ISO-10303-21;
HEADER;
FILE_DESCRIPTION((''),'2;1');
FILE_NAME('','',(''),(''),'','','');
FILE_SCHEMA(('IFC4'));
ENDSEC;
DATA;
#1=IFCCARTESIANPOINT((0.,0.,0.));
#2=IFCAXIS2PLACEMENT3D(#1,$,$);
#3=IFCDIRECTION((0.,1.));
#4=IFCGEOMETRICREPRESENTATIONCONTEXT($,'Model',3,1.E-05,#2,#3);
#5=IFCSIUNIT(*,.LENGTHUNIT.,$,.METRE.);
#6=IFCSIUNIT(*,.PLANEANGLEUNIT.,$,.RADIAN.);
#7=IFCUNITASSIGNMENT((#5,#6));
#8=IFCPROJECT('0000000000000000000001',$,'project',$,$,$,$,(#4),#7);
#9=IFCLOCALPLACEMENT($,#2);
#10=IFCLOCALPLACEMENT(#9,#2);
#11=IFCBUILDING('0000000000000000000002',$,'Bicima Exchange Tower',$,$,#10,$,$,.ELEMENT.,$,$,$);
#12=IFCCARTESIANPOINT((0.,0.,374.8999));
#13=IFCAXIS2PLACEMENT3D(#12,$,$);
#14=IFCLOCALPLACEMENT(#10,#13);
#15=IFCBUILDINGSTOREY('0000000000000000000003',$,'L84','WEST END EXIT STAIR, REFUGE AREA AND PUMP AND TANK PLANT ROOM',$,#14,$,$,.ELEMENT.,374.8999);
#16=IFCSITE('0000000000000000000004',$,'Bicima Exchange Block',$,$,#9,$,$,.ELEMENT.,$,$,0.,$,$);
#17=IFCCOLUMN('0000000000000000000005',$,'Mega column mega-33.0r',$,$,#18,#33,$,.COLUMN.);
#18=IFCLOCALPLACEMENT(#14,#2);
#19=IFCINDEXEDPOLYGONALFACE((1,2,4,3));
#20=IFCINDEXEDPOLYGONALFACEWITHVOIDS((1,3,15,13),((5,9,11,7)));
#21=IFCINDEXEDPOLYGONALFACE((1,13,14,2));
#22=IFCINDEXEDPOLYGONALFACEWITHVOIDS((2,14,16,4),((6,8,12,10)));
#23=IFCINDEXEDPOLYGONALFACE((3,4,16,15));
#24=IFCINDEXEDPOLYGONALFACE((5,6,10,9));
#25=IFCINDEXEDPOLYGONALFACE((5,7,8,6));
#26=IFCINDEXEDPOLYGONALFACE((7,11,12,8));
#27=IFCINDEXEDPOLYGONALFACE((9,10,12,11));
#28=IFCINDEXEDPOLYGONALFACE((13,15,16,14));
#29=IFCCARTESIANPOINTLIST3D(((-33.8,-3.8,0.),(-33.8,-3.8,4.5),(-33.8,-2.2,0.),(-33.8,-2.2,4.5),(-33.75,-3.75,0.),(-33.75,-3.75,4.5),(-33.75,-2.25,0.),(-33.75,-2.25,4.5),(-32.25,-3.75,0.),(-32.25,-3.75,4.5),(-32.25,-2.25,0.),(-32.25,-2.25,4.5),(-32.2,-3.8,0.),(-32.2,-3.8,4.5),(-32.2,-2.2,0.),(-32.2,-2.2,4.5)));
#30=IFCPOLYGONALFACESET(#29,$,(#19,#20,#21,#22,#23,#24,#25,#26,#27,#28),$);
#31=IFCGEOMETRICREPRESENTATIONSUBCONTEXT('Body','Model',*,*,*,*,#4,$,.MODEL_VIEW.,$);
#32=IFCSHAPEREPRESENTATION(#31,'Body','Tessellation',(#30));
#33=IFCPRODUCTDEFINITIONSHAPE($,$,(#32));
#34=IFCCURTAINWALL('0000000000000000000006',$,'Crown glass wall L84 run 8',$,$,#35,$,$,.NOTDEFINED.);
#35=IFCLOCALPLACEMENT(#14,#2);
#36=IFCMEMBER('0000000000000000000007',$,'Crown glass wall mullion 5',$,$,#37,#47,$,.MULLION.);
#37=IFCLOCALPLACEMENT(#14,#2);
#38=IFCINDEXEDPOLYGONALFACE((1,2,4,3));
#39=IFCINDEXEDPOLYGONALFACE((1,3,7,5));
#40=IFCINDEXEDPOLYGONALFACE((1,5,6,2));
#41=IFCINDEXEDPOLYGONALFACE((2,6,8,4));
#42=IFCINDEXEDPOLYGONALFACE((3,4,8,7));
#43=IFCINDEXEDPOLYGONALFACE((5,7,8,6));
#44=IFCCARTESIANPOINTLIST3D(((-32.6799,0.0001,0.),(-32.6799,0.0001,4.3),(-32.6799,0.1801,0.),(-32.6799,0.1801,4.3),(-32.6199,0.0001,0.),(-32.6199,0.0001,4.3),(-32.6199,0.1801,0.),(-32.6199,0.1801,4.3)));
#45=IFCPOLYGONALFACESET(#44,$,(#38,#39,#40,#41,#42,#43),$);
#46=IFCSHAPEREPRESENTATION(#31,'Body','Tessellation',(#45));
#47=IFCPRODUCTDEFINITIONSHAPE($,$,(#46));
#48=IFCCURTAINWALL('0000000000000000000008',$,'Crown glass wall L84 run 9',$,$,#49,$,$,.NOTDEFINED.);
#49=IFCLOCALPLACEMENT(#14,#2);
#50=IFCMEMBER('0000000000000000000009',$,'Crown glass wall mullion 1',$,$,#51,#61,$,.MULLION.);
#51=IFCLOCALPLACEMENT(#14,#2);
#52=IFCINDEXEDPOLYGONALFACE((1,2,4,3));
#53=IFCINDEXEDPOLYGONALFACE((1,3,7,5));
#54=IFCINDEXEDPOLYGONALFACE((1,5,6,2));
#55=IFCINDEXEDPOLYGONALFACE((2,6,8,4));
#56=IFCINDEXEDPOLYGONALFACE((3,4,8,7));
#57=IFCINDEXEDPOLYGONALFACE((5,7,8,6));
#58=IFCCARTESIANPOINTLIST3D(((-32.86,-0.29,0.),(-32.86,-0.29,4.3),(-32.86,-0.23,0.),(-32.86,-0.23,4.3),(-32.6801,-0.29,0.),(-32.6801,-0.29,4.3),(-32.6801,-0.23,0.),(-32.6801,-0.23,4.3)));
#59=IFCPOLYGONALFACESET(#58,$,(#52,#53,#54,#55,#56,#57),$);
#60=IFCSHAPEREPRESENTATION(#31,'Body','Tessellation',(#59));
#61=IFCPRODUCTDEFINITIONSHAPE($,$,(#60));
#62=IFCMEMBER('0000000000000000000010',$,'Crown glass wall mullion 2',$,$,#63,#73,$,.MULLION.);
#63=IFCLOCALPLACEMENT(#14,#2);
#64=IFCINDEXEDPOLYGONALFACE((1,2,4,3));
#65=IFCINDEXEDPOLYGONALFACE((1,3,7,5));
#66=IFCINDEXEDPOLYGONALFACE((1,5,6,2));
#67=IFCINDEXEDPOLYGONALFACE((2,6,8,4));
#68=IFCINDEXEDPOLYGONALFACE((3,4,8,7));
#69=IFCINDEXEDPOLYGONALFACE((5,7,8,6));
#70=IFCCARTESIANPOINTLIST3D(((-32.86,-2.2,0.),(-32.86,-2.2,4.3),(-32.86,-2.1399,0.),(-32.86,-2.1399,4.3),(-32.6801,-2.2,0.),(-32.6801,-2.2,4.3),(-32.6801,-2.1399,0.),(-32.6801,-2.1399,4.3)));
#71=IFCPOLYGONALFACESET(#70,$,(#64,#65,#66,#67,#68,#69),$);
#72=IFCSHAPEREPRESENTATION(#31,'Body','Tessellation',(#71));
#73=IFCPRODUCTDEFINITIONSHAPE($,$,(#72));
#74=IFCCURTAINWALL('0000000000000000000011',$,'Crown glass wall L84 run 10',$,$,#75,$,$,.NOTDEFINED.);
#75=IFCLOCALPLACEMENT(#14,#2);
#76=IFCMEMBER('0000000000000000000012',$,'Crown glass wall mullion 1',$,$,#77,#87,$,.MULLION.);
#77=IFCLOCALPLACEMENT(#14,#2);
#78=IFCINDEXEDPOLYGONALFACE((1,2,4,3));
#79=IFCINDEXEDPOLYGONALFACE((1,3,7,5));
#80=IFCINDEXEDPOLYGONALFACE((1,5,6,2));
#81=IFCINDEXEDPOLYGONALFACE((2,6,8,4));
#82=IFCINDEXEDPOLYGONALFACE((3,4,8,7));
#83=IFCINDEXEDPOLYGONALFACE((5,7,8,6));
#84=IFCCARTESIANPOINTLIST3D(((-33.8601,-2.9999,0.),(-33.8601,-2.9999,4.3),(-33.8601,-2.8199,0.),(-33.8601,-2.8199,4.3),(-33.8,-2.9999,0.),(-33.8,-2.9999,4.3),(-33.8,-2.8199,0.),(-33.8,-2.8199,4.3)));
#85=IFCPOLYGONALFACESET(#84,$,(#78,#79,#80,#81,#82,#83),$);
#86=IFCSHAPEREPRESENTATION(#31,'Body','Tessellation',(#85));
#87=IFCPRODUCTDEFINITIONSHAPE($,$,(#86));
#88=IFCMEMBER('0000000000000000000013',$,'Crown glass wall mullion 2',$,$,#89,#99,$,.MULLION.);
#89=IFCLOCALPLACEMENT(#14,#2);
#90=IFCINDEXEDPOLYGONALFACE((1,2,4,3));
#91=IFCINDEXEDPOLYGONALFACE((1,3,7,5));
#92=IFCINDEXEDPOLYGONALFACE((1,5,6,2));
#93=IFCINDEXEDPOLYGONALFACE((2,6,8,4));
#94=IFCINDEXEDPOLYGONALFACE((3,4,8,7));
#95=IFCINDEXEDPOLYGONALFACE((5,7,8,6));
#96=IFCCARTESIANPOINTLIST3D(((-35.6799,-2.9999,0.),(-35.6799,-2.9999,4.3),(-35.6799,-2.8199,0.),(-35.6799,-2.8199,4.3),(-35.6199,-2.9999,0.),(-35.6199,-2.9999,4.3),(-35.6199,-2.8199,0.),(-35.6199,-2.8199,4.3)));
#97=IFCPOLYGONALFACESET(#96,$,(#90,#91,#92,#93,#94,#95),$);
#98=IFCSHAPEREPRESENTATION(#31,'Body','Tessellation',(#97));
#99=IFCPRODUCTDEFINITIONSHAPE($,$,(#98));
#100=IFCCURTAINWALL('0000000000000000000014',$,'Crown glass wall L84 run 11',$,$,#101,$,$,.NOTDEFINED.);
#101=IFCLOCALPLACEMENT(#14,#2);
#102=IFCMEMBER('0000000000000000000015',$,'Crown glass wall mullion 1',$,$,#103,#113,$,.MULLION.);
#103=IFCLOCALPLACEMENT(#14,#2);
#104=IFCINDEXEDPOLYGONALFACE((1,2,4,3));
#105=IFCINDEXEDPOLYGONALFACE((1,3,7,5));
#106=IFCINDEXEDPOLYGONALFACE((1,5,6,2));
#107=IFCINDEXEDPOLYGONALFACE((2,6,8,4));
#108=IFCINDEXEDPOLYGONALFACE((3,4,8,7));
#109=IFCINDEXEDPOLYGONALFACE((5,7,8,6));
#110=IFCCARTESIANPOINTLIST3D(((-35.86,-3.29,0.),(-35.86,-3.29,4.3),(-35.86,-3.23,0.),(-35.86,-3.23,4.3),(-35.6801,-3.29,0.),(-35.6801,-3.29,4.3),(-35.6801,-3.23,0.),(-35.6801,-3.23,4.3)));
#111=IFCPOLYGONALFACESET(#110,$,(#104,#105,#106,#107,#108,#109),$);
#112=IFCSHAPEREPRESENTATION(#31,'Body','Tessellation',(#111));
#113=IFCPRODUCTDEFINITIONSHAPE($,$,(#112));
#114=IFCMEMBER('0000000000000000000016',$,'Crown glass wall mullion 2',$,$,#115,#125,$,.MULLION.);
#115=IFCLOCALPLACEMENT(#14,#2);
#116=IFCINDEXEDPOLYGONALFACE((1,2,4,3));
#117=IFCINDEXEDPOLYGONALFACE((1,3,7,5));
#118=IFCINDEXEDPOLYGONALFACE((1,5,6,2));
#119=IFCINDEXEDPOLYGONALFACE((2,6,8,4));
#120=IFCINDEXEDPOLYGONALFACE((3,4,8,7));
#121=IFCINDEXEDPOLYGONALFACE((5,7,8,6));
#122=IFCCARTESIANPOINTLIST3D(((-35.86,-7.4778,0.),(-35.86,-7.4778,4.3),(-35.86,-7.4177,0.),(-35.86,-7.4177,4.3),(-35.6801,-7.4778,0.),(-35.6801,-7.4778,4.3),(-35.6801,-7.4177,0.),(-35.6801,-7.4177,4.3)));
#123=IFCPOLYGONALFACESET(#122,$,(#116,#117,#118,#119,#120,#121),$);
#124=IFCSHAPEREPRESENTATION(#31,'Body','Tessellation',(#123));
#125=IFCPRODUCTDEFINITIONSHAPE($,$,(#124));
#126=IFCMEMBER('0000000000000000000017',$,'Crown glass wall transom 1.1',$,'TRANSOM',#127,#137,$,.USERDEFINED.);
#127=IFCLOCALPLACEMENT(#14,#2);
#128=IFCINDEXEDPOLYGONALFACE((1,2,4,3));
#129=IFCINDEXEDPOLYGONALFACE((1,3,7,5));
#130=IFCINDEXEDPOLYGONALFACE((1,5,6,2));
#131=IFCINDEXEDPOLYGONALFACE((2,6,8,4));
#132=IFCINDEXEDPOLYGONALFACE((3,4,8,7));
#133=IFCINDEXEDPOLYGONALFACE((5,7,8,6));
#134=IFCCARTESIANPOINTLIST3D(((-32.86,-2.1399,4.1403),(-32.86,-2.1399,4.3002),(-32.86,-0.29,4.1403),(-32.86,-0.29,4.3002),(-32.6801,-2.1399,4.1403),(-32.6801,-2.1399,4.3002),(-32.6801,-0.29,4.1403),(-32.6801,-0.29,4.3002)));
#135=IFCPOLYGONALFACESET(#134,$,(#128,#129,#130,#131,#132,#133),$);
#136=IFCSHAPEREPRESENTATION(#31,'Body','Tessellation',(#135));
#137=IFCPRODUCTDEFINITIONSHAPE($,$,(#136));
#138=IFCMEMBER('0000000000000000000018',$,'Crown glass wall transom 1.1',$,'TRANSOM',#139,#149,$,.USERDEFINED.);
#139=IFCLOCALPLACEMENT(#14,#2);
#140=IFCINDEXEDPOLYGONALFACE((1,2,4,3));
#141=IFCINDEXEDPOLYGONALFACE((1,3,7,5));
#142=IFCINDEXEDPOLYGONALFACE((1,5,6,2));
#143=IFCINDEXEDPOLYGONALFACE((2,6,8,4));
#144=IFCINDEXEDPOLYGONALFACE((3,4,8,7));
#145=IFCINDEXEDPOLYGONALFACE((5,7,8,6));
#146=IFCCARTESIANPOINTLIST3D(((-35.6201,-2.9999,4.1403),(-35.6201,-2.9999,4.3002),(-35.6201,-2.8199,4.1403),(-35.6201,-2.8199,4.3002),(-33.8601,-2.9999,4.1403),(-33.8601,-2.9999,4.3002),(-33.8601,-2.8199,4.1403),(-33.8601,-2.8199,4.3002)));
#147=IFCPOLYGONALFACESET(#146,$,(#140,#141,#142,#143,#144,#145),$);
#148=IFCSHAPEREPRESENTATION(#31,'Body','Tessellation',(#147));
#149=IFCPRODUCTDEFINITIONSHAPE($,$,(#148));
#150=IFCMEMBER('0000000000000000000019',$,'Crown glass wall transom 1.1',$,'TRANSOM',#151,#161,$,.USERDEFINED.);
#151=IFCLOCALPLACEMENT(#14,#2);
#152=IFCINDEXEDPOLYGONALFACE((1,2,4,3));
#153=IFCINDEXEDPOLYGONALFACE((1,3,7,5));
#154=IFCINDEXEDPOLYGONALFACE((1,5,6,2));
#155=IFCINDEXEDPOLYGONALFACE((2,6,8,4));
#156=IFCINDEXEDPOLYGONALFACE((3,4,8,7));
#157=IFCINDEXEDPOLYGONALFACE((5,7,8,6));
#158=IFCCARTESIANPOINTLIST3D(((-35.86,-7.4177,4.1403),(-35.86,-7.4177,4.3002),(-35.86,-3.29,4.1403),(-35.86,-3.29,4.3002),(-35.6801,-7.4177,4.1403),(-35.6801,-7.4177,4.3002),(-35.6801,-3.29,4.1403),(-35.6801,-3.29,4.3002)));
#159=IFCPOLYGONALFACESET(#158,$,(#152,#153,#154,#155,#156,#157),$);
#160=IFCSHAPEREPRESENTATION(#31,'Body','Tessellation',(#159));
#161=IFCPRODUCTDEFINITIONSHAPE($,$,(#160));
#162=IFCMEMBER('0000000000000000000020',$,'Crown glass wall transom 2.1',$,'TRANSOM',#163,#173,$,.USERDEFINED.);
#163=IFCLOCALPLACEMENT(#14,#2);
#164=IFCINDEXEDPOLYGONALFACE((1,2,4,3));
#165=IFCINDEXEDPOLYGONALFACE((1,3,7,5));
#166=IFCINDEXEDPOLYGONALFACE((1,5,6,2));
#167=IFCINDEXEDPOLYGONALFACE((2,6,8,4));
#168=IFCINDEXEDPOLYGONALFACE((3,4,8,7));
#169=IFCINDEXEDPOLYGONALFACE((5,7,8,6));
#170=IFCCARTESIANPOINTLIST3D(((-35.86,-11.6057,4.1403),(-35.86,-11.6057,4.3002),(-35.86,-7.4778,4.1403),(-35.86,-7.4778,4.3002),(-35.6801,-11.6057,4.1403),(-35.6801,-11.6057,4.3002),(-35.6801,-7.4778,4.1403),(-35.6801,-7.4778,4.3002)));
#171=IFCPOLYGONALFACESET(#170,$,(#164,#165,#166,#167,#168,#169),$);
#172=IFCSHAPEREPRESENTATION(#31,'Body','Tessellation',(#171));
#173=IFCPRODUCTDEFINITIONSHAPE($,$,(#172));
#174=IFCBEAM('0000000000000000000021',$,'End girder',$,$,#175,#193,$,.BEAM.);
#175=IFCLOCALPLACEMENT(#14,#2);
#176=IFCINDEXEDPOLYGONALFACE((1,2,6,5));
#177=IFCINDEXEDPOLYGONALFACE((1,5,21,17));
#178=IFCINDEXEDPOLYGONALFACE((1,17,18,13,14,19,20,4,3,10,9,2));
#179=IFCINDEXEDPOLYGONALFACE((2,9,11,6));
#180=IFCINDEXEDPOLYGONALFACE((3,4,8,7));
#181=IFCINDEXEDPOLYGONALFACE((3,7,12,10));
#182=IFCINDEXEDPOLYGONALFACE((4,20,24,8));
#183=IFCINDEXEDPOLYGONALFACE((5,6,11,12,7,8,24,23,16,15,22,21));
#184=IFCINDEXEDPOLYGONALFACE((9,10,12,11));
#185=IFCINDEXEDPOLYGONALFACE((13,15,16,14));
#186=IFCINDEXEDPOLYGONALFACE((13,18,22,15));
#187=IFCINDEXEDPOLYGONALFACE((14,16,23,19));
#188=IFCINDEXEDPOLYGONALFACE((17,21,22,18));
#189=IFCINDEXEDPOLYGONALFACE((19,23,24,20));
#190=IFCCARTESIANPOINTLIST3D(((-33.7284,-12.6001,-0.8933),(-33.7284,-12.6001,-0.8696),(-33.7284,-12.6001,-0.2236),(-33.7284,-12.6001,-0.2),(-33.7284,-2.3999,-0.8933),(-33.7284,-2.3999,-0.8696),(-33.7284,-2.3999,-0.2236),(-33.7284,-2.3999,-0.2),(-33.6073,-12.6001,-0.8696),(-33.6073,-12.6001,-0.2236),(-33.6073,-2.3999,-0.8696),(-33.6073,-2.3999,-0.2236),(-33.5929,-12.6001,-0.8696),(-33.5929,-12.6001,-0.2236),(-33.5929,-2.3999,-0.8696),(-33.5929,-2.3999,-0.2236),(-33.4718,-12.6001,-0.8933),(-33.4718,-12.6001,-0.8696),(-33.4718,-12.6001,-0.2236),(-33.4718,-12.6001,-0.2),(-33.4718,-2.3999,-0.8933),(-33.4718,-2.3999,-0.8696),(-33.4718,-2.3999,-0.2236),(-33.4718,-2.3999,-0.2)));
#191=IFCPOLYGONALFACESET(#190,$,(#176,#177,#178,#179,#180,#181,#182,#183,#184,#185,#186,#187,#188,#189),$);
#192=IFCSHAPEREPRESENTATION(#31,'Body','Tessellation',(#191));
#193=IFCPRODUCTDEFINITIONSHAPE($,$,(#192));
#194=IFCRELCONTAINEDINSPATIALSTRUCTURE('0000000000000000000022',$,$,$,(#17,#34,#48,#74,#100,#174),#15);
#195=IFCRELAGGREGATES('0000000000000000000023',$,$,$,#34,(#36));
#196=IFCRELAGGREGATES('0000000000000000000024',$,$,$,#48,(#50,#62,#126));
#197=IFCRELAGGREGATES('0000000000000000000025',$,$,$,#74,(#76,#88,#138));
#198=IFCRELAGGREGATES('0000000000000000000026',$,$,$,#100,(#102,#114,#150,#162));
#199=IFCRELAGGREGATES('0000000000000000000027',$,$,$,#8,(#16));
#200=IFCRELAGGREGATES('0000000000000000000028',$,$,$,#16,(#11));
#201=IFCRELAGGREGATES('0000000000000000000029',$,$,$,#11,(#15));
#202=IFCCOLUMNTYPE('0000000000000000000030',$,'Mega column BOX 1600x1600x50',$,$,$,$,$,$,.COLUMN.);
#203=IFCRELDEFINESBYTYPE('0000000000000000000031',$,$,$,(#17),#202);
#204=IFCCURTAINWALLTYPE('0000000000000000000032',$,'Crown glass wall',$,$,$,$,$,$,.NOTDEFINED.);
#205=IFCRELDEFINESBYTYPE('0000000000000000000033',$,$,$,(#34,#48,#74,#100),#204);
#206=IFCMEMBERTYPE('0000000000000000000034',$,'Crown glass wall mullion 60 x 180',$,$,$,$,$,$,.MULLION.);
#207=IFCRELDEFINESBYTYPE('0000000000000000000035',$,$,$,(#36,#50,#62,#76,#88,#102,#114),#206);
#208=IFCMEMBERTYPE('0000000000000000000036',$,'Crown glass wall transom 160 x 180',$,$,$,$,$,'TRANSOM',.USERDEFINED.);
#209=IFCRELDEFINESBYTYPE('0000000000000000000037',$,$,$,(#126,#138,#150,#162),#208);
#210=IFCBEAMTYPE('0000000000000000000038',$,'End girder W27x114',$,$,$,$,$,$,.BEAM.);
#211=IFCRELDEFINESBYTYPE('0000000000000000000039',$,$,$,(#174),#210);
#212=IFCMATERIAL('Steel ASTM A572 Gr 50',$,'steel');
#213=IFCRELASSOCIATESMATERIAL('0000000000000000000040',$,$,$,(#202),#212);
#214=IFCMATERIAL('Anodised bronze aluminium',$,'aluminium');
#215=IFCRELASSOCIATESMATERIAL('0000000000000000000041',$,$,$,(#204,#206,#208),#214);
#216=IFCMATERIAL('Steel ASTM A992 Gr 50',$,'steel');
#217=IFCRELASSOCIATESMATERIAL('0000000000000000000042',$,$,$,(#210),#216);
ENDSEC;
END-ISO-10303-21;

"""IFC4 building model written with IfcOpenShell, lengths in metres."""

from ifc_helpers import new_model, si_unit, direction, frame, origin, origin_2d, place, context, subcontext, project, spatial, rectangle, hollow_rectangle, i_section, extrude, material, material_profile, profile_set, type_object, element, aggregate, save


model = new_model("IFC4")

# Units and contexts
model_context = context("Model", 3, precision=1e-05, world=origin(), true_north=direction((0.0, 1.0)))
body_context = subcontext(model_context, "Body", "Model", "MODEL_VIEW")
ifc_project = project(units=[si_unit("LENGTHUNIT", "METRE"), si_unit("PLANEANGLEUNIT", "RADIAN")], contexts=[model_context])

# Site, building, storey
site_placement = place(None, origin())
site = spatial("IfcSite", under=ifc_project, at=site_placement, Name="Bicima Exchange Block", CompositionType="ELEMENT", RefElevation=0.0)
building_placement = place(site_placement, origin())
building = spatial("IfcBuilding", under=site, at=building_placement, Name="Bicima Exchange Tower", CompositionType="ELEMENT")
storey_placement = place(building_placement, frame((0.0, 0.0, 374.8999)))
storey = spatial("IfcBuildingStorey", under=building, at=storey_placement, Name="L84", Description="WEST END EXIT STAIR, REFUGE AREA AND PUMP AND TANK PLANT ROOM", CompositionType="ELEMENT", Elevation=374.8999)

# Column
ifc_material_1 = material(Name="Steel ASTM A572 Gr 50", Category="steel")
ifc_material_profile_1 = material_profile(ifc_material_1, hollow_rectangle(XDim=1.6001, YDim=1.6001, WallThickness=0.05, at=origin_2d()))
ifc_profile_set_1 = profile_set([ifc_material_profile_1], Name="Steel ASTM A572 Gr 50")
column_type = type_object("IfcColumnType", Name="Mega column BOX 1600x1600x50", PredefinedType="COLUMN", material=ifc_profile_set_1)
column_placement = place(storey_placement, frame((-33.0, -3.0, 0.0), z_axis=(0.0, 0.0, 1.0), x_axis=(1.0, 0.0, 0.0)))
element("IfcColumn", 1, at=column_placement, inside=storey, type_object=column_type, Name="Mega column mega-33.0r", PredefinedType="COLUMN", context=body_context, shape_type="SweptSolid", body=[
    extrude(hollow_rectangle(XDim=1.6001, YDim=1.6001, WallThickness=0.05, at=origin_2d()), origin(), (0.0, 0.0, 1.0), 4.5),
])

# Curtain wall, member
ifc_material_2 = material(Name="Anodised bronze aluminium", Category="aluminium")
curtain_wall_type = type_object("IfcCurtainWallType", Name="Crown glass wall", PredefinedType="NOTDEFINED", material=ifc_material_2)
curtain_wall_1_placement = place(storey_placement, origin())
curtain_wall_1 = element("IfcCurtainWall", 2, at=curtain_wall_1_placement, inside=storey, type_object=curtain_wall_type, Name="Crown glass wall L84 run 8", PredefinedType="NOTDEFINED")
ifc_material_profile_2 = material_profile(ifc_material_2, rectangle(XDim=0.1799, YDim=0.0601, at=origin_2d()))
ifc_profile_set_2 = profile_set([ifc_material_profile_2], Name="Anodised bronze aluminium")
member_type_1 = type_object("IfcMemberType", Name="Crown glass wall mullion 60 x 180", PredefinedType="MULLION", material=ifc_profile_set_2)
member_1_placement = place(storey_placement, frame((-32.6499, 0.0901, 0.0), z_axis=(0.0, 0.0, 1.0), x_axis=(0.0, -1.0, 0.0)))
member_1 = element("IfcMember", 3, at=member_1_placement, type_object=member_type_1, Name="Crown glass wall mullion 5", PredefinedType="MULLION", context=body_context, shape_type="SweptSolid", body=[
    extrude(rectangle(XDim=0.1799, YDim=0.0601, at=origin_2d()), origin(), (0.0, 0.0, 1.0), 4.3),
])
aggregate(curtain_wall_1, [member_1])

# Curtain walls, members
curtain_wall_2_placement = place(storey_placement, origin())
curtain_wall_2 = element("IfcCurtainWall", 4, at=curtain_wall_2_placement, inside=storey, type_object=curtain_wall_type, Name="Crown glass wall L84 run 9", PredefinedType="NOTDEFINED")
member_2_placement = place(storey_placement, frame((-32.77, -0.26, 0.0), z_axis=(0.0, 0.0, 1.0), x_axis=(1.0, 0.0, 0.0)))
member_2 = element("IfcMember", 5, at=member_2_placement, type_object=member_type_1, Name="Crown glass wall mullion 1", PredefinedType="MULLION", context=body_context, shape_type="SweptSolid", body=[
    extrude(rectangle(XDim=0.1799, YDim=0.0601, at=origin_2d()), origin(), (0.0, 0.0, 1.0), 4.3),
])
member_3_placement = place(storey_placement, frame((-32.77, -2.1699, 0.0), z_axis=(0.0, 0.0, 1.0), x_axis=(1.0, 0.0, 0.0)))
member_3 = element("IfcMember", 6, at=member_3_placement, type_object=member_type_1, Name="Crown glass wall mullion 2", PredefinedType="MULLION", context=body_context, shape_type="SweptSolid", body=[
    extrude(rectangle(XDim=0.1799, YDim=0.0601, at=origin_2d()), origin(), (0.0, 0.0, 1.0), 4.3),
])
curtain_wall_3_placement = place(storey_placement, origin())
curtain_wall_3 = element("IfcCurtainWall", 7, at=curtain_wall_3_placement, inside=storey, type_object=curtain_wall_type, Name="Crown glass wall L84 run 10", PredefinedType="NOTDEFINED")
member_4_placement = place(storey_placement, frame((-33.8301, -2.9099, 0.0), z_axis=(0.0, 0.0, 1.0), x_axis=(0.0, -1.0, 0.0)))
member_4 = element("IfcMember", 8, at=member_4_placement, type_object=member_type_1, Name="Crown glass wall mullion 1", PredefinedType="MULLION", context=body_context, shape_type="SweptSolid", body=[
    extrude(rectangle(XDim=0.1799, YDim=0.0601, at=origin_2d()), origin(), (0.0, 0.0, 1.0), 4.3),
])
member_5_placement = place(storey_placement, frame((-35.6499, -2.9099, 0.0), z_axis=(0.0, 0.0, 1.0), x_axis=(0.0, -1.0, 0.0)))
member_5 = element("IfcMember", 9, at=member_5_placement, type_object=member_type_1, Name="Crown glass wall mullion 2", PredefinedType="MULLION", context=body_context, shape_type="SweptSolid", body=[
    extrude(rectangle(XDim=0.1799, YDim=0.0601, at=origin_2d()), origin(), (0.0, 0.0, 1.0), 4.3),
])
curtain_wall_4_placement = place(storey_placement, origin())
curtain_wall_4 = element("IfcCurtainWall", 10, at=curtain_wall_4_placement, inside=storey, type_object=curtain_wall_type, Name="Crown glass wall L84 run 11", PredefinedType="NOTDEFINED")
member_6_placement = place(storey_placement, frame((-35.77, -3.26, 0.0), z_axis=(0.0, 0.0, 1.0), x_axis=(1.0, 0.0, 0.0)))
member_6 = element("IfcMember", 11, at=member_6_placement, type_object=member_type_1, Name="Crown glass wall mullion 1", PredefinedType="MULLION", context=body_context, shape_type="SweptSolid", body=[
    extrude(rectangle(XDim=0.1799, YDim=0.0601, at=origin_2d()), origin(), (0.0, 0.0, 1.0), 4.3),
])
member_7_placement = place(storey_placement, frame((-35.77, -7.4478, 0.0), z_axis=(0.0, 0.0, 1.0), x_axis=(1.0, 0.0, 0.0)))
member_7 = element("IfcMember", 12, at=member_7_placement, type_object=member_type_1, Name="Crown glass wall mullion 2", PredefinedType="MULLION", context=body_context, shape_type="SweptSolid", body=[
    extrude(rectangle(XDim=0.1799, YDim=0.0601, at=origin_2d()), origin(), (0.0, 0.0, 1.0), 4.3),
])

# Members
ifc_material_profile_3 = material_profile(ifc_material_2, rectangle(XDim=0.1799, YDim=0.1599, at=origin_2d()))
ifc_profile_set_3 = profile_set([ifc_material_profile_3], Name="Anodised bronze aluminium")
member_type_2 = type_object("IfcMemberType", Name="Crown glass wall transom 160 x 180", ElementType="TRANSOM", PredefinedType="USERDEFINED", material=ifc_profile_set_3)
member_8_placement = place(storey_placement, frame((-32.77, -0.29, 4.2202), z_axis=(0.0, -1.0, 0.0), x_axis=(1.0, 0.0, 0.0)))
member_8 = element("IfcMember", 13, at=member_8_placement, type_object=member_type_2, Name="Crown glass wall transom 1.1", ObjectType="TRANSOM", PredefinedType="USERDEFINED", context=body_context, shape_type="SweptSolid", body=[
    extrude(rectangle(XDim=0.1799, YDim=0.1599, at=origin_2d()), origin(), (0.0, 0.0, 1.0), 1.8499),
])
member_9_placement = place(storey_placement, frame((-33.8601, -2.9099, 4.2202), z_axis=(-1.0, 0.0, 0.0), x_axis=(0.0, -1.0, 0.0)))
member_9 = element("IfcMember", 14, at=member_9_placement, type_object=member_type_2, Name="Crown glass wall transom 1.1", ObjectType="TRANSOM", PredefinedType="USERDEFINED", context=body_context, shape_type="SweptSolid", body=[
    extrude(rectangle(XDim=0.1799, YDim=0.1599, at=origin_2d()), origin(), (0.0, 0.0, 1.0), 1.76),
])
member_10_placement = place(storey_placement, frame((-35.77, -3.29, 4.2202), z_axis=(0.0, -1.0, 0.0), x_axis=(1.0, 0.0, 0.0)))
member_10 = element("IfcMember", 15, at=member_10_placement, type_object=member_type_2, Name="Crown glass wall transom 1.1", ObjectType="TRANSOM", PredefinedType="USERDEFINED", context=body_context, shape_type="SweptSolid", body=[
    extrude(rectangle(XDim=0.1799, YDim=0.1599, at=origin_2d()), origin(), (0.0, 0.0, 1.0), 4.1277),
])
member_11_placement = place(storey_placement, frame((-35.77, -7.4778, 4.2202), z_axis=(0.0, -1.0, 0.0), x_axis=(1.0, 0.0, 0.0)))
member_11 = element("IfcMember", 16, at=member_11_placement, type_object=member_type_2, Name="Crown glass wall transom 2.1", ObjectType="TRANSOM", PredefinedType="USERDEFINED", context=body_context, shape_type="SweptSolid", body=[
    extrude(rectangle(XDim=0.1799, YDim=0.1599, at=origin_2d()), origin(), (0.0, 0.0, 1.0), 4.1279),
])

# Beam
ifc_material_3 = material(Name="Steel ASTM A992 Gr 50", Category="steel")
ifc_material_profile_4 = material_profile(ifc_material_3, i_section(OverallWidth=0.2566, OverallDepth=0.6934, WebThickness=0.0144, FlangeThickness=0.0237, at=origin_2d()))
ifc_profile_set_4 = profile_set([ifc_material_profile_4], Name="Steel ASTM A992 Gr 50")
beam_type = type_object("IfcBeamType", Name="End girder W27x114", PredefinedType="BEAM", material=ifc_profile_set_4)
beam_placement = place(storey_placement, frame((-33.6001, -2.3999, -0.5466), z_axis=(0.0, -1.0, 0.0), x_axis=(1.0, 0.0, 0.0)))
element("IfcBeam", 17, at=beam_placement, inside=storey, type_object=beam_type, Name="End girder", PredefinedType="BEAM", context=body_context, shape_type="SweptSolid", body=[
    extrude(i_section(OverallWidth=0.2566, OverallDepth=0.6934, WebThickness=0.0144, FlangeThickness=0.0237, at=origin_2d()), origin(), (0.0, 0.0, 1.0), 10.2002),
])

aggregate(curtain_wall_2, [member_2, member_3, member_8])
aggregate(curtain_wall_3, [member_4, member_5, member_9])
aggregate(curtain_wall_4, [member_6, member_7, member_10, member_11])

save(model, "model.ifc")
